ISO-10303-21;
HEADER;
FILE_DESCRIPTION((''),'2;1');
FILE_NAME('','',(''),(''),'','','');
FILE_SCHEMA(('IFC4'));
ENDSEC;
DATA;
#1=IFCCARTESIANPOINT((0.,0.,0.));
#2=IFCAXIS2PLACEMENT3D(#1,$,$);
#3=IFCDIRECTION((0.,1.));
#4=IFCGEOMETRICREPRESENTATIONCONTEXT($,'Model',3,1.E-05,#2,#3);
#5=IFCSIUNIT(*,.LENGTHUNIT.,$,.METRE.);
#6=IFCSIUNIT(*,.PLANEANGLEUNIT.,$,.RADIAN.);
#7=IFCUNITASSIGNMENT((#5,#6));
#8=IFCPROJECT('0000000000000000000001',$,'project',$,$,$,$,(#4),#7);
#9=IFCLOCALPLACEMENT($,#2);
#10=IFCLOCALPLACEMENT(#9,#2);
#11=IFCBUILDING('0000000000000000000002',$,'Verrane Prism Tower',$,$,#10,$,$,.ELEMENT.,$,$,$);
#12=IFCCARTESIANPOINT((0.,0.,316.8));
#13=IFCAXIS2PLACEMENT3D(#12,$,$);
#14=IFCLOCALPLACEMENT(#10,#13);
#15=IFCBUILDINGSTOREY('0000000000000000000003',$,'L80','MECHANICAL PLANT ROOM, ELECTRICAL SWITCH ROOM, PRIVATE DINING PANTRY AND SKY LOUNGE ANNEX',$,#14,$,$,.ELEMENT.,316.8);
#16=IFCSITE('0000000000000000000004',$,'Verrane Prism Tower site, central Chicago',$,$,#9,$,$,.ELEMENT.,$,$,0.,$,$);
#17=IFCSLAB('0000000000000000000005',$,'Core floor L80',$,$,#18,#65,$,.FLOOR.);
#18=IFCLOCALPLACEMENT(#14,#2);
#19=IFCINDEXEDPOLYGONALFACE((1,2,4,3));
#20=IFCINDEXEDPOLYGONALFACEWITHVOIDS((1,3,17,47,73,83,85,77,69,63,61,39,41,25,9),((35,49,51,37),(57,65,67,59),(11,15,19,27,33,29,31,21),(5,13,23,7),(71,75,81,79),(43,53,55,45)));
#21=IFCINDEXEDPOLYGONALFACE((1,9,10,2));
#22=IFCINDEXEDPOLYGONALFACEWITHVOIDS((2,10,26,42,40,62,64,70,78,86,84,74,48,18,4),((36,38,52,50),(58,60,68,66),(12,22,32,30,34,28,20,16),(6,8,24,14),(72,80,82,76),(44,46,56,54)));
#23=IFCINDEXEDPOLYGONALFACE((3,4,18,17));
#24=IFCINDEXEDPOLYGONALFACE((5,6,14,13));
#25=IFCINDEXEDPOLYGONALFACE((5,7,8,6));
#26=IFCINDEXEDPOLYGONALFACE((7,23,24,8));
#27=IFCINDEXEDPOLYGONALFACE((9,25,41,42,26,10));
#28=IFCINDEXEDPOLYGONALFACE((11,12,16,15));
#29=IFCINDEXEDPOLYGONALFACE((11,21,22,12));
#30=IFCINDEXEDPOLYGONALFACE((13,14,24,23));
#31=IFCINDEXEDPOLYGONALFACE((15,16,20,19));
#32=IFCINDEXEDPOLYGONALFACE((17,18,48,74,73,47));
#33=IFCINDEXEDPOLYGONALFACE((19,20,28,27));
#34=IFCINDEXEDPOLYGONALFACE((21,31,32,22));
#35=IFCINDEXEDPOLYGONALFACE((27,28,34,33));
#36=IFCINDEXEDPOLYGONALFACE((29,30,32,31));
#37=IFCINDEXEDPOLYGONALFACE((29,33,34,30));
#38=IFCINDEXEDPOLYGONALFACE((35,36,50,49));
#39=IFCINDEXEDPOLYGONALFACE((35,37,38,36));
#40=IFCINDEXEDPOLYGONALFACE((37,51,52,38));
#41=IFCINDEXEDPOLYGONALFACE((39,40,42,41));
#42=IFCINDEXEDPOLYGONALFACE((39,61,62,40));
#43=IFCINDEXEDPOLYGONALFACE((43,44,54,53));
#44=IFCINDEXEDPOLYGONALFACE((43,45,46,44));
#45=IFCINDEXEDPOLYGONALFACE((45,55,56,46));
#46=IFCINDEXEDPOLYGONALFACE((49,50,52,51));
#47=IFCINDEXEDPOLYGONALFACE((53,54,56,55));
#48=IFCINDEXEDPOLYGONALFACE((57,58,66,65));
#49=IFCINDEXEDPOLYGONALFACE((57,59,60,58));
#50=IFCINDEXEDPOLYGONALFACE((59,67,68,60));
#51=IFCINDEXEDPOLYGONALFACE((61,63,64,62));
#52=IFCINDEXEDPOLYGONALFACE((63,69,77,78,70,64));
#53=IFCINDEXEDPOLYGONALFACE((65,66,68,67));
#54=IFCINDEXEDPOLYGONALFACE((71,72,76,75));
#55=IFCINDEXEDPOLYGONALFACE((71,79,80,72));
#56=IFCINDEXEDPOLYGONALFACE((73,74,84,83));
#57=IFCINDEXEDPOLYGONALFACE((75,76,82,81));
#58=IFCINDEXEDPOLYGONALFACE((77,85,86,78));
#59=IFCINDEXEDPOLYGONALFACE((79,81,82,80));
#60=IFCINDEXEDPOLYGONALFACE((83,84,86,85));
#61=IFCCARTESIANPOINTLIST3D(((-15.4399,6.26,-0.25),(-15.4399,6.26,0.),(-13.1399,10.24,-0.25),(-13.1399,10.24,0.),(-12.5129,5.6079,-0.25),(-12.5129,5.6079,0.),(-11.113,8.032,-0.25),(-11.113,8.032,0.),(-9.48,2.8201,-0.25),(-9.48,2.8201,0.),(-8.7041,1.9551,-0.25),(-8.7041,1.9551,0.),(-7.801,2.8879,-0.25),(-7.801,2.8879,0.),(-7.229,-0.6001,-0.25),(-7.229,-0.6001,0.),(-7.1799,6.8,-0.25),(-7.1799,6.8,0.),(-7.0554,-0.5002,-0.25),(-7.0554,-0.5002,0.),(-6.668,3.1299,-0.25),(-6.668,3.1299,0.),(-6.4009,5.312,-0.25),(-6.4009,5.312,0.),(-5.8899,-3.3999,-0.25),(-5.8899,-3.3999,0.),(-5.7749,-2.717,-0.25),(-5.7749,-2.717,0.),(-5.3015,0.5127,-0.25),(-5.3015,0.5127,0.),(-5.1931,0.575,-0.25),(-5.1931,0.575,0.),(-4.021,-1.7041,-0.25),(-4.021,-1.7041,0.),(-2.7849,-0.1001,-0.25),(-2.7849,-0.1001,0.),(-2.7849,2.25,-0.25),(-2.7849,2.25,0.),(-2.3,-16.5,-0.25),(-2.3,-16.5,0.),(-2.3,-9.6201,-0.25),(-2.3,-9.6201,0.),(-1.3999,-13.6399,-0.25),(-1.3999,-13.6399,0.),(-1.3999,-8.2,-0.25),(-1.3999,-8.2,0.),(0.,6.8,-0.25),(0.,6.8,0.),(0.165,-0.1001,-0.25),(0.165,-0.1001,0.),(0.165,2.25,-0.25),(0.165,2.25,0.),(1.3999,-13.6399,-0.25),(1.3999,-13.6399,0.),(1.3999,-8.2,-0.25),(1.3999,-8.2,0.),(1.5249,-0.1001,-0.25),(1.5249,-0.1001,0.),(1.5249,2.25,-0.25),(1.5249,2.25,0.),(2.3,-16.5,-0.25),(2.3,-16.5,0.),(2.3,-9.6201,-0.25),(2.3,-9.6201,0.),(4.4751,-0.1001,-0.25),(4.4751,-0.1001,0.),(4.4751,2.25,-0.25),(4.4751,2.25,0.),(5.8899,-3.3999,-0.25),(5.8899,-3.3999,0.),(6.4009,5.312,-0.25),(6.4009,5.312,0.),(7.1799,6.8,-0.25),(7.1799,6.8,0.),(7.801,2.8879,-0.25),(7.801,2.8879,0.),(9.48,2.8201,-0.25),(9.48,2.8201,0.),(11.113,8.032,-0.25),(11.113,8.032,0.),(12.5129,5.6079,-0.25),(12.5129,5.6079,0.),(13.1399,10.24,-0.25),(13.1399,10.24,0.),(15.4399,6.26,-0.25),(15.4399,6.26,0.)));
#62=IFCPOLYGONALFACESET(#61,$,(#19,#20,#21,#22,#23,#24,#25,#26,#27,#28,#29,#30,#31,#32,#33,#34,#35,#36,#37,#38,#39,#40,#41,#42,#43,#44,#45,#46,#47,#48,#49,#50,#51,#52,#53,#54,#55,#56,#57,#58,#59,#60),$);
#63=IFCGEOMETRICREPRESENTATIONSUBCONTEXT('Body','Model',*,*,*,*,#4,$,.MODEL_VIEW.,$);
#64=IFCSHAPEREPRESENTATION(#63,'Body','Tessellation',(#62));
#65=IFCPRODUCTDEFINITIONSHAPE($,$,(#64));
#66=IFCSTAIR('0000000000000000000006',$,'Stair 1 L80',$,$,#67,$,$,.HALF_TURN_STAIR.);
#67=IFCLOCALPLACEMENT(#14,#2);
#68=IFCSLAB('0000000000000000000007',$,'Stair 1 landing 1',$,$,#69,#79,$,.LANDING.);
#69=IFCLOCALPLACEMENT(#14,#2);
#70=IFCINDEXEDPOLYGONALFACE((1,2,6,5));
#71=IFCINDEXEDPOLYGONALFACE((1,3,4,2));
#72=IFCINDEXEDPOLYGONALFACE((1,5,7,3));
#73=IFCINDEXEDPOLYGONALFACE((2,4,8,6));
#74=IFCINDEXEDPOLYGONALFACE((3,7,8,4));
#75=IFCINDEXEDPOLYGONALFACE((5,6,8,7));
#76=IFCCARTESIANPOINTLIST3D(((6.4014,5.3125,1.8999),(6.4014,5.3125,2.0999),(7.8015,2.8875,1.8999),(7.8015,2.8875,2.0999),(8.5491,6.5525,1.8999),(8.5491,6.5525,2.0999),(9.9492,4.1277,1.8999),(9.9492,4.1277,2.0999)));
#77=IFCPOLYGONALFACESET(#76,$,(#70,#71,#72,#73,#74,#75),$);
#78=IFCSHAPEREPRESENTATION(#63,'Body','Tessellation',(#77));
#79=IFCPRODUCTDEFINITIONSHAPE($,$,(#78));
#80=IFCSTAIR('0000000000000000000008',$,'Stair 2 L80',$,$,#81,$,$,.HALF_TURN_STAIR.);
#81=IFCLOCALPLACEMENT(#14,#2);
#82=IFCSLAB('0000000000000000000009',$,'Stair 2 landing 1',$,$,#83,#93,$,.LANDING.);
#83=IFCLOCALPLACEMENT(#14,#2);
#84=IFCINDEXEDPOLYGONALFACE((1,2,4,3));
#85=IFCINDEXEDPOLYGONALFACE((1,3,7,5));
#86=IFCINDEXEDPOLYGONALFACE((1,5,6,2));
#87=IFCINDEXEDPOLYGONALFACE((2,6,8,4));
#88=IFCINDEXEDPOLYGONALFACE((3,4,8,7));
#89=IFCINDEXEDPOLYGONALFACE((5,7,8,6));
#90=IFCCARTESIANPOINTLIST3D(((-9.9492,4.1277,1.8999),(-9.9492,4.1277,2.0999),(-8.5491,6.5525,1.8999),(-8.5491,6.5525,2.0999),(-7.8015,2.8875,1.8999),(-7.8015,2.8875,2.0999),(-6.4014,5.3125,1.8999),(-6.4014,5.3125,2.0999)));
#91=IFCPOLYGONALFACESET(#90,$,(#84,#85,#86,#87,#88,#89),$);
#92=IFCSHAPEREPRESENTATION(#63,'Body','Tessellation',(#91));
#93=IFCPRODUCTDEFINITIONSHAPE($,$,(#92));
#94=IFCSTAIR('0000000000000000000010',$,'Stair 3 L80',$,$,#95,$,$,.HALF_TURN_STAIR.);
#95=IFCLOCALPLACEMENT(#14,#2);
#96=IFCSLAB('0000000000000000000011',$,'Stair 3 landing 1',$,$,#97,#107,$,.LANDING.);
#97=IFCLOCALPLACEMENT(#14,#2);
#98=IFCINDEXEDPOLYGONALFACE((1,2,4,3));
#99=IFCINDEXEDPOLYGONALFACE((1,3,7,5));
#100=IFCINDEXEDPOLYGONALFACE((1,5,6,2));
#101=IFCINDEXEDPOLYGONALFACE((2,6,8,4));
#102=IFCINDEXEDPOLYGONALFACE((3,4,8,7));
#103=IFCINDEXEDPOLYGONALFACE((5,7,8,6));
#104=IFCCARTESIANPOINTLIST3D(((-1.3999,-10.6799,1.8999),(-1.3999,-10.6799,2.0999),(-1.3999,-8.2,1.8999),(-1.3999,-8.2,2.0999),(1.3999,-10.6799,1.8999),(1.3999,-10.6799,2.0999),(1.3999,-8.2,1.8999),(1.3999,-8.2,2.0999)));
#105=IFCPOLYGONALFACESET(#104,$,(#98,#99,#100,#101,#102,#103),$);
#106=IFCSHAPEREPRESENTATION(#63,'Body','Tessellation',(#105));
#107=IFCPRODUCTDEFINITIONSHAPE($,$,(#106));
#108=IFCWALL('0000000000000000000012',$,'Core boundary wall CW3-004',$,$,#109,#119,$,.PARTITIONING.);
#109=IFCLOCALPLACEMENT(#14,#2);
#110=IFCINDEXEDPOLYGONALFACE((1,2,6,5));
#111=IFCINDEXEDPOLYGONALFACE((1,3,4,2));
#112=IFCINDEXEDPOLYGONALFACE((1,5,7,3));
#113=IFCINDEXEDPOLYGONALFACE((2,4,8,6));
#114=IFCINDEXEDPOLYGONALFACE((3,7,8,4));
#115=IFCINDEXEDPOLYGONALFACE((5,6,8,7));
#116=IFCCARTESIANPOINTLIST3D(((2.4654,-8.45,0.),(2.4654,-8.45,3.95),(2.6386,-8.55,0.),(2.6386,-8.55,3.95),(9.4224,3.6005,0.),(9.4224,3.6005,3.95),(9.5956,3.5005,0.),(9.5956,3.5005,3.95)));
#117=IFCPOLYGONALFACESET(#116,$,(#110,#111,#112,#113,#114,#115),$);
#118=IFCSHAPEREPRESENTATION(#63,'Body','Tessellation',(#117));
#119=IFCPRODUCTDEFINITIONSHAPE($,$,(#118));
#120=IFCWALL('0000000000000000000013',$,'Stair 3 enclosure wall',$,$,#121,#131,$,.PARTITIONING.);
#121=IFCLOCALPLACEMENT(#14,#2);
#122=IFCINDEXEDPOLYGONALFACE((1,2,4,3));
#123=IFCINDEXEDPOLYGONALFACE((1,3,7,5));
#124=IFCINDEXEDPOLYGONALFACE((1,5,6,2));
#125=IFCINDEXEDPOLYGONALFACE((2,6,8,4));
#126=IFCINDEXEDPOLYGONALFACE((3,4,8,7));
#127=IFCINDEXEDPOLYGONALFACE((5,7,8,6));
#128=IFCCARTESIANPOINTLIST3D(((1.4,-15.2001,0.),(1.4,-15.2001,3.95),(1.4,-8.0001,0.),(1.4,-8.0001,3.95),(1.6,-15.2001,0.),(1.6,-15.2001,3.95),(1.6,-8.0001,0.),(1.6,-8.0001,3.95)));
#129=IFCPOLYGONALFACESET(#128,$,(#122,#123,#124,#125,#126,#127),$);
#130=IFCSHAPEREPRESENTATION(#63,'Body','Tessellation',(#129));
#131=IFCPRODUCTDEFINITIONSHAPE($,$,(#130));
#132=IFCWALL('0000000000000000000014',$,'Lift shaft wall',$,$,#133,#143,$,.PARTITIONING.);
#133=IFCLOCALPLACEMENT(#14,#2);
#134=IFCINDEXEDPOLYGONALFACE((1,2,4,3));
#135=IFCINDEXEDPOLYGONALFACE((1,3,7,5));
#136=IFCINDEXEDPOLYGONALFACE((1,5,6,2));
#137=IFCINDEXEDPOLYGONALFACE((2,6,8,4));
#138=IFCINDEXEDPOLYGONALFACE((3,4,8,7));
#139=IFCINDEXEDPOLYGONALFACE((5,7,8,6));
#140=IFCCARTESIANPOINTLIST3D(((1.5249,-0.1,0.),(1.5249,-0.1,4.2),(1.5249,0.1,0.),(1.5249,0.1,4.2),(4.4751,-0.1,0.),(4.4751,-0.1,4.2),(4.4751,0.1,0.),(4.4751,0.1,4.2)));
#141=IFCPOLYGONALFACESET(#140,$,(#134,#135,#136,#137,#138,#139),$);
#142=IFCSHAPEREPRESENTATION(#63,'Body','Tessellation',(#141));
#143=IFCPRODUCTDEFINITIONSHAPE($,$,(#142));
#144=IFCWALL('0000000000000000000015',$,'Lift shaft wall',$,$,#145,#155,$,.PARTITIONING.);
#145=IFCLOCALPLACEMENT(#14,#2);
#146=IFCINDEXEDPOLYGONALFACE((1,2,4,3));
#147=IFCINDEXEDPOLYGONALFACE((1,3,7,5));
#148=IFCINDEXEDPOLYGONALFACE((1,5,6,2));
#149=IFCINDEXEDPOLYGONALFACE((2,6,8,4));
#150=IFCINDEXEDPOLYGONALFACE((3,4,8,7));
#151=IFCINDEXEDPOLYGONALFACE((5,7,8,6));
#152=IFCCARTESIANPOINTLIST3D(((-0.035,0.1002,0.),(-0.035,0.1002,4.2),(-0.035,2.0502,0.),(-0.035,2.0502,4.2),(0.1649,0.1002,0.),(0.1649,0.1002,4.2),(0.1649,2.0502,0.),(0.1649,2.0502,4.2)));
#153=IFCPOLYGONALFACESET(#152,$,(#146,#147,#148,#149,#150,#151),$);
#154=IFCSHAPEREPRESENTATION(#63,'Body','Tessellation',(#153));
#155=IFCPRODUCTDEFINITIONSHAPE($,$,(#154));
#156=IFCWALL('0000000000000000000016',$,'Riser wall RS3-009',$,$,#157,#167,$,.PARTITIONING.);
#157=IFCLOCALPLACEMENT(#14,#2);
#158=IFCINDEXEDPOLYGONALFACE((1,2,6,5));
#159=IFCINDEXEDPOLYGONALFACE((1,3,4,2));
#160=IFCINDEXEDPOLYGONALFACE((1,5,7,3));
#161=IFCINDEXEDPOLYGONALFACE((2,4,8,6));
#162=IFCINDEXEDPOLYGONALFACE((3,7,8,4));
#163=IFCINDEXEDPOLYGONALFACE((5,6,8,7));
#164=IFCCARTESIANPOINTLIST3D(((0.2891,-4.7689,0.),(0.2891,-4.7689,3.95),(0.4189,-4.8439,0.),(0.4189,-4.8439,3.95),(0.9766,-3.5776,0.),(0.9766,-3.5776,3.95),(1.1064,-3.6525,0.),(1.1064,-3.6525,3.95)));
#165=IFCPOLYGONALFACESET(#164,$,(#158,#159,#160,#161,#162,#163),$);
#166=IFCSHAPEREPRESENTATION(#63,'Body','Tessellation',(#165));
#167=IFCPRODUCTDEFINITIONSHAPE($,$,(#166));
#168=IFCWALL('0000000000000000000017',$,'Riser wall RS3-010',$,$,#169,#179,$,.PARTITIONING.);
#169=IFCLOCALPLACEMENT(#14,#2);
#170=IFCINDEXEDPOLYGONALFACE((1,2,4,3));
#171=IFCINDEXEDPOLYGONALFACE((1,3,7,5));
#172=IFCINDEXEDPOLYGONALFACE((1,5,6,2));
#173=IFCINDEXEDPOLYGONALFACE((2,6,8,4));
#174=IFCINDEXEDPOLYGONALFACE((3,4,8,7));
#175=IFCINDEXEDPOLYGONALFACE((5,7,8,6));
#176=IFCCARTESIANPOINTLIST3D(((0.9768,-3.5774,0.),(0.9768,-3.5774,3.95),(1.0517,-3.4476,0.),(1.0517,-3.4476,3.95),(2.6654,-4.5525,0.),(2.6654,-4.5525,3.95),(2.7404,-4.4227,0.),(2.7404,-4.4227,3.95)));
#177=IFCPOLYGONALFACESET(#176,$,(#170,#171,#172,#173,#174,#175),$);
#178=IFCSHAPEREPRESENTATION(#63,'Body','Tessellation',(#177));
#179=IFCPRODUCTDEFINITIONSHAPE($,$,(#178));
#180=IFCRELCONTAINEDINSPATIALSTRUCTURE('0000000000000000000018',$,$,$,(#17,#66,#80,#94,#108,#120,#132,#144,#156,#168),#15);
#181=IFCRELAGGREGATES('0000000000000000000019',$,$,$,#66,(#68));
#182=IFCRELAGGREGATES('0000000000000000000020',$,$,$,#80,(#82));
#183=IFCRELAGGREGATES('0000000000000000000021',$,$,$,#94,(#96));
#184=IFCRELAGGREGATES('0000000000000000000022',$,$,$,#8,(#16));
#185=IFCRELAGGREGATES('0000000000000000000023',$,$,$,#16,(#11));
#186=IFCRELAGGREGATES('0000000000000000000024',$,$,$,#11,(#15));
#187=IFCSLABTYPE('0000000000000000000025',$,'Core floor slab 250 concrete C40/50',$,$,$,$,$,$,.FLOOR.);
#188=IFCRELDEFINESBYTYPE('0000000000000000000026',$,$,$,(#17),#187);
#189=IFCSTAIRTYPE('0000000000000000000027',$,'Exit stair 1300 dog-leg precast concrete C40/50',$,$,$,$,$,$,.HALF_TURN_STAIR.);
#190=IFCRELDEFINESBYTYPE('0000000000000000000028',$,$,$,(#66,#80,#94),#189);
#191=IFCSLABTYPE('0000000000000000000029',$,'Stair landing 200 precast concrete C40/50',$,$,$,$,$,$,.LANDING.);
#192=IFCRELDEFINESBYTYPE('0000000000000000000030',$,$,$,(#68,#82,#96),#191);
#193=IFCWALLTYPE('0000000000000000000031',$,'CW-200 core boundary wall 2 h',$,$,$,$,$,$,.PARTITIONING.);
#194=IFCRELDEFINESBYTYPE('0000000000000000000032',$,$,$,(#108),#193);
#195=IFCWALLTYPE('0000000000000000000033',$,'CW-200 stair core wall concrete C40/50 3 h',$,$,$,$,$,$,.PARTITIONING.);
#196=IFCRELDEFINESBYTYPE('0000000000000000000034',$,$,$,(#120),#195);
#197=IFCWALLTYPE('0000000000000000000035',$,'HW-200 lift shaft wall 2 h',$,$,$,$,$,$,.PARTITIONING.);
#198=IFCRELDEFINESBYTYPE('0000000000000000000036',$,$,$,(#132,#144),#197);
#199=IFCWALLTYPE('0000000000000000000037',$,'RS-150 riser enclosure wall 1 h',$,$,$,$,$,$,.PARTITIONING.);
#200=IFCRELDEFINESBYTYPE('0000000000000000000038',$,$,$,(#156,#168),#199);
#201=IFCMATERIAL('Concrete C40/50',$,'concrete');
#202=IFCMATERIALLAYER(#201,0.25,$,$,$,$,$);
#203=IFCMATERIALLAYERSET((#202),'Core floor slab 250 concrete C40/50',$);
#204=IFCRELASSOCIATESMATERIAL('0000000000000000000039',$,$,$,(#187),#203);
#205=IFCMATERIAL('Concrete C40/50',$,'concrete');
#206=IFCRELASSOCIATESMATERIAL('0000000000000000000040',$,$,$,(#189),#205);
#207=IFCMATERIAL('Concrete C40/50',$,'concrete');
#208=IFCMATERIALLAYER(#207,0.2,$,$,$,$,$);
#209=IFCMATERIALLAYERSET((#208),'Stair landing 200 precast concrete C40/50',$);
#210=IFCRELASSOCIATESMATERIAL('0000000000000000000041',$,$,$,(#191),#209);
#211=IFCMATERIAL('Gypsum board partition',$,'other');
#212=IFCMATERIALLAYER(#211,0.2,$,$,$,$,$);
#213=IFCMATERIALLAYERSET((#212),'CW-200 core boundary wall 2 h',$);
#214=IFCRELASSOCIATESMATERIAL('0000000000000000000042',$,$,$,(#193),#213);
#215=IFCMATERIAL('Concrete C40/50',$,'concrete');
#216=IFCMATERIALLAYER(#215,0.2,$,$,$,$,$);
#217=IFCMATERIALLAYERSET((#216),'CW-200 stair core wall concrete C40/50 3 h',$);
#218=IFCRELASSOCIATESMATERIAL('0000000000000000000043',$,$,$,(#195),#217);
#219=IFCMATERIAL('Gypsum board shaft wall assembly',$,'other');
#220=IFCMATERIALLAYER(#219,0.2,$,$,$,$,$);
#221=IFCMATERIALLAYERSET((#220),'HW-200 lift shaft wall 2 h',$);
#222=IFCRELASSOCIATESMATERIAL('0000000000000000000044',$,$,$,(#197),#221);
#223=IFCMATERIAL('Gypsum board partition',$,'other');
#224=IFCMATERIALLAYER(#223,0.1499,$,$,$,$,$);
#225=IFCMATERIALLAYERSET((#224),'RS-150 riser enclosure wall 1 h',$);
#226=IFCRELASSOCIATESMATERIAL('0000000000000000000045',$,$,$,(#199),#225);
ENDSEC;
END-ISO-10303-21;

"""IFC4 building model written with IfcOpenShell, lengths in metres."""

from ifc_helpers import new_model, si_unit, direction, frame, frame_2d, origin, place, context, subcontext, project, spatial, polyline, rectangle, outline, extrude, material, layer, layer_set, type_object, element, aggregate, save


model = new_model("IFC4")

# Units and contexts
model_context = context("Model", 3, precision=1e-05, world=origin(), true_north=direction((0.0, 1.0)))
body_context = subcontext(model_context, "Body", "Model", "MODEL_VIEW")
ifc_project = project(units=[si_unit("LENGTHUNIT", "METRE"), si_unit("PLANEANGLEUNIT", "RADIAN")], contexts=[model_context])

# Site, building, storey
site_placement = place(None, origin())
site = spatial("IfcSite", under=ifc_project, at=site_placement, Name="Verrane Prism Tower site, central Chicago", CompositionType="ELEMENT", RefElevation=0.0)
building_placement = place(site_placement, origin())
building = spatial("IfcBuilding", under=site, at=building_placement, Name="Verrane Prism Tower", CompositionType="ELEMENT")
storey_placement = place(building_placement, frame((0.0, 0.0, 316.8)))
storey = spatial("IfcBuildingStorey", under=building, at=storey_placement, Name="L80", Description="MECHANICAL PLANT ROOM, ELECTRICAL SWITCH ROOM, PRIVATE DINING PANTRY AND SKY LOUNGE ANNEX", CompositionType="ELEMENT", Elevation=316.8)

# Slab
ifc_material_1 = material(Name="Concrete C40/50", Category="concrete")
ifc_layer_1 = layer(ifc_material_1, 0.25)
ifc_layer_set_1 = layer_set([ifc_layer_1], Name="Core floor slab 250 concrete C40/50")
slab_type_1 = type_object("IfcSlabType", Name="Core floor slab 250 concrete C40/50", PredefinedType="FLOOR", material=ifc_layer_set_1)
slab_1_placement = place(storey_placement, frame((0.0, 0.0, -0.25)))
element("IfcSlab", 1, at=slab_1_placement, inside=storey, type_object=slab_type_1, Name="Core floor L80", PredefinedType="FLOOR", context=body_context, shape_type="SweptSolid", body=[
    extrude(outline(polyline([(9.48, 2.8201), (15.4399, 6.26), (13.1399, 10.24), (7.1799, 6.8), (0.0, 6.8), (-7.1799, 6.8), (-13.1399, 10.24), (-15.4399, 6.26), (-9.48, 2.8201), (-5.8899, -3.3999), (-2.3, -9.6201), (-2.3, -16.5), (2.3, -16.5), (2.3, -9.6201), (5.8899, -3.3999), (9.48, 2.8201)]), holes=[polyline([(-1.3999, -8.2), (1.3999, -8.2), (1.3999, -13.6399), (-1.3999, -13.6399), (-1.3999, -8.2)]), polyline([(0.165, 2.25), (0.165, -0.1001), (-2.7849, -0.1001), (-2.7849, 2.25), (0.165, 2.25)]), polyline([(4.4751, 2.25), (4.4751, -0.1001), (1.5249, -0.1001), (1.5249, 2.25), (4.4751, 2.25)]), polyline([(-6.4009, 5.312), (-7.801, 2.8879), (-12.5129, 5.6079), (-11.113, 8.032), (-6.4009, 5.312)]), polyline([(7.801, 2.8879), (6.4009, 5.312), (11.113, 8.032), (12.5129, 5.6079), (7.801, 2.8879)]), polyline([(-4.021, -1.7041), (-5.7749, -2.717), (-7.0554, -0.5002), (-7.229, -0.6001), (-8.7041, 1.9551), (-6.668, 3.1299), (-5.1931, 0.575), (-5.3015, 0.5127), (-4.021, -1.7041)])]), origin(), (0.0, 0.0, 1.0), 0.25),
])

# Stairs, slabs
ifc_material_2 = material(Name="Concrete C40/50", Category="concrete")
stair_type = type_object("IfcStairType", Name="Exit stair 1300 dog-leg precast concrete C40/50", PredefinedType="HALF_TURN_STAIR", material=ifc_material_2)
stair_1_placement = place(storey_placement, origin())
stair_1 = element("IfcStair", 2, at=stair_1_placement, inside=storey, type_object=stair_type, Name="Stair 1 L80", PredefinedType="HALF_TURN_STAIR")
ifc_material_3 = material(Name="Concrete C40/50", Category="concrete")
ifc_layer_2 = layer(ifc_material_3, 0.2)
ifc_layer_set_2 = layer_set([ifc_layer_2], Name="Stair landing 200 precast concrete C40/50")
slab_type_2 = type_object("IfcSlabType", Name="Stair landing 200 precast concrete C40/50", PredefinedType="LANDING", material=ifc_layer_set_2)
slab_2_placement = place(storey_placement, frame((0.0, 0.0, 1.8999)))
slab_2 = element("IfcSlab", 3, at=slab_2_placement, type_object=slab_type_2, Name="Stair 1 landing 1", PredefinedType="LANDING", context=body_context, shape_type="SweptSolid", body=[
    extrude(outline(polyline([(8.5491, 6.5525), (6.4014, 5.3125), (7.8015, 2.8875), (9.9492, 4.1277), (8.5491, 6.5525)])), origin(), (0.0, 0.0, 1.0), 0.2),
])
aggregate(stair_1, [slab_2])
stair_2_placement = place(storey_placement, origin())
stair_2 = element("IfcStair", 4, at=stair_2_placement, inside=storey, type_object=stair_type, Name="Stair 2 L80", PredefinedType="HALF_TURN_STAIR")
slab_3_placement = place(storey_placement, frame((0.0, 0.0, 1.8999)))
slab_3 = element("IfcSlab", 5, at=slab_3_placement, type_object=slab_type_2, Name="Stair 2 landing 1", PredefinedType="LANDING", context=body_context, shape_type="SweptSolid", body=[
    extrude(outline(polyline([(-9.9492, 4.1277), (-7.8015, 2.8875), (-6.4014, 5.3125), (-8.5491, 6.5525), (-9.9492, 4.1277)])), origin(), (0.0, 0.0, 1.0), 0.2),
])
aggregate(stair_2, [slab_3])
stair_3_placement = place(storey_placement, origin())
stair_3 = element("IfcStair", 6, at=stair_3_placement, inside=storey, type_object=stair_type, Name="Stair 3 L80", PredefinedType="HALF_TURN_STAIR")
slab_4_placement = place(storey_placement, frame((0.0, 0.0, 1.8999)))
slab_4 = element("IfcSlab", 7, at=slab_4_placement, type_object=slab_type_2, Name="Stair 3 landing 1", PredefinedType="LANDING", context=body_context, shape_type="SweptSolid", body=[
    extrude(outline(polyline([(1.3999, -10.6799), (1.3999, -8.2), (-1.3999, -8.2), (-1.3999, -10.6799), (1.3999, -10.6799)])), origin(), (0.0, 0.0, 1.0), 0.2),
])
aggregate(stair_3, [slab_4])

# Walls
ifc_material_4 = material(Name="Gypsum board partition", Category="other")
ifc_layer_3 = layer(ifc_material_4, 0.2)
ifc_layer_set_3 = layer_set([ifc_layer_3], Name="CW-200 core boundary wall 2 h")
wall_type_1 = type_object("IfcWallType", Name="CW-200 core boundary wall 2 h", PredefinedType="PARTITIONING", material=ifc_layer_set_3)
wall_1_placement = place(storey_placement, frame((2.552, -8.5, 0.0), z_axis=(0.0, 0.0, 1.0), x_axis=(0.499981, 0.866036, 0.0)))
element("IfcWall", 8, at=wall_1_placement, inside=storey, type_object=wall_type_1, Name="Core boundary wall CW3-004", PredefinedType="PARTITIONING", context=body_context, shape_type="SweptSolid", body=[
    extrude(rectangle(XDim=13.9146, YDim=0.2, at=frame_2d((6.9573, 0.0))), origin(), (0.0, 0.0, 1.0), 3.95),
])
ifc_material_5 = material(Name="Concrete C40/50", Category="concrete")
ifc_layer_4 = layer(ifc_material_5, 0.2)
ifc_layer_set_4 = layer_set([ifc_layer_4], Name="CW-200 stair core wall concrete C40/50 3 h")
wall_type_2 = type_object("IfcWallType", Name="CW-200 stair core wall concrete C40/50 3 h", PredefinedType="PARTITIONING", material=ifc_layer_set_4)
wall_2_placement = place(storey_placement, frame((1.5, -8.0, 0.0), z_axis=(0.0, 0.0, 1.0), x_axis=(0.0, -1.0, 0.0)))
element("IfcWall", 9, at=wall_2_placement, inside=storey, type_object=wall_type_2, Name="Stair 3 enclosure wall", PredefinedType="PARTITIONING", context=body_context, shape_type="SweptSolid", body=[
    extrude(rectangle(XDim=7.2, YDim=0.2, at=frame_2d((3.6001, 0.0))), origin(), (0.0, 0.0, 1.0), 3.95),
])
ifc_material_6 = material(Name="Gypsum board shaft wall assembly", Category="other")
ifc_layer_5 = layer(ifc_material_6, 0.2)
ifc_layer_set_5 = layer_set([ifc_layer_5], Name="HW-200 lift shaft wall 2 h")
wall_type_3 = type_object("IfcWallType", Name="HW-200 lift shaft wall 2 h", PredefinedType="PARTITIONING", material=ifc_layer_set_5)
wall_3_placement = place(storey_placement, frame((1.5249, 0.0, 0.0), z_axis=(0.0, 0.0, 1.0), x_axis=(1.0, 0.0, 0.0)))
element("IfcWall", 10, at=wall_3_placement, inside=storey, type_object=wall_type_3, Name="Lift shaft wall", PredefinedType="PARTITIONING", context=body_context, shape_type="SweptSolid", body=[
    extrude(rectangle(XDim=2.9502, YDim=0.2, at=frame_2d((1.4751, 0.0))), origin(), (0.0, 0.0, 1.0), 4.2),
])
wall_4_placement = place(storey_placement, frame((0.0649, 0.1001, 0.0), z_axis=(0.0, 0.0, 1.0), x_axis=(0.0, 1.0, 0.0)))
element("IfcWall", 11, at=wall_4_placement, inside=storey, type_object=wall_type_3, Name="Lift shaft wall", PredefinedType="PARTITIONING", context=body_context, shape_type="SweptSolid", body=[
    extrude(rectangle(XDim=1.95, YDim=0.2, at=frame_2d((0.9751, 0.0))), origin(), (0.0, 0.0, 1.0), 4.2),
])
ifc_material_7 = material(Name="Gypsum board partition", Category="other")
ifc_layer_6 = layer(ifc_material_7, 0.1499)
ifc_layer_set_6 = layer_set([ifc_layer_6], Name="RS-150 riser enclosure wall 1 h")
wall_type_4 = type_object("IfcWallType", Name="RS-150 riser enclosure wall 1 h", PredefinedType="PARTITIONING", material=ifc_layer_set_6)
wall_5_placement = place(storey_placement, frame((0.354, -4.8064, 0.0), z_axis=(0.0, 0.0, 1.0), x_axis=(0.499804, 0.866138, 0.0)))
element("IfcWall", 12, at=wall_5_placement, inside=storey, type_object=wall_type_4, Name="Riser wall RS3-009", PredefinedType="PARTITIONING", context=body_context, shape_type="SweptSolid", body=[
    extrude(rectangle(XDim=1.3755, YDim=0.1499, at=frame_2d((0.6877, 0.0))), origin(), (0.0, 0.0, 1.0), 3.95),
])
wall_6_placement = place(storey_placement, frame((1.0142, -3.5125, 0.0), z_axis=(0.0, 0.0, 1.0), x_axis=(0.866, -0.500044, 0.0)))
element("IfcWall", 13, at=wall_6_placement, inside=storey, type_object=wall_type_4, Name="Riser wall RS3-010", PredefinedType="PARTITIONING", context=body_context, shape_type="SweptSolid", body=[
    extrude(rectangle(XDim=1.95, YDim=0.1499, at=frame_2d((0.9751, 0.0))), origin(), (0.0, 0.0, 1.0), 3.95),
])

save(model, "model.ifc")
